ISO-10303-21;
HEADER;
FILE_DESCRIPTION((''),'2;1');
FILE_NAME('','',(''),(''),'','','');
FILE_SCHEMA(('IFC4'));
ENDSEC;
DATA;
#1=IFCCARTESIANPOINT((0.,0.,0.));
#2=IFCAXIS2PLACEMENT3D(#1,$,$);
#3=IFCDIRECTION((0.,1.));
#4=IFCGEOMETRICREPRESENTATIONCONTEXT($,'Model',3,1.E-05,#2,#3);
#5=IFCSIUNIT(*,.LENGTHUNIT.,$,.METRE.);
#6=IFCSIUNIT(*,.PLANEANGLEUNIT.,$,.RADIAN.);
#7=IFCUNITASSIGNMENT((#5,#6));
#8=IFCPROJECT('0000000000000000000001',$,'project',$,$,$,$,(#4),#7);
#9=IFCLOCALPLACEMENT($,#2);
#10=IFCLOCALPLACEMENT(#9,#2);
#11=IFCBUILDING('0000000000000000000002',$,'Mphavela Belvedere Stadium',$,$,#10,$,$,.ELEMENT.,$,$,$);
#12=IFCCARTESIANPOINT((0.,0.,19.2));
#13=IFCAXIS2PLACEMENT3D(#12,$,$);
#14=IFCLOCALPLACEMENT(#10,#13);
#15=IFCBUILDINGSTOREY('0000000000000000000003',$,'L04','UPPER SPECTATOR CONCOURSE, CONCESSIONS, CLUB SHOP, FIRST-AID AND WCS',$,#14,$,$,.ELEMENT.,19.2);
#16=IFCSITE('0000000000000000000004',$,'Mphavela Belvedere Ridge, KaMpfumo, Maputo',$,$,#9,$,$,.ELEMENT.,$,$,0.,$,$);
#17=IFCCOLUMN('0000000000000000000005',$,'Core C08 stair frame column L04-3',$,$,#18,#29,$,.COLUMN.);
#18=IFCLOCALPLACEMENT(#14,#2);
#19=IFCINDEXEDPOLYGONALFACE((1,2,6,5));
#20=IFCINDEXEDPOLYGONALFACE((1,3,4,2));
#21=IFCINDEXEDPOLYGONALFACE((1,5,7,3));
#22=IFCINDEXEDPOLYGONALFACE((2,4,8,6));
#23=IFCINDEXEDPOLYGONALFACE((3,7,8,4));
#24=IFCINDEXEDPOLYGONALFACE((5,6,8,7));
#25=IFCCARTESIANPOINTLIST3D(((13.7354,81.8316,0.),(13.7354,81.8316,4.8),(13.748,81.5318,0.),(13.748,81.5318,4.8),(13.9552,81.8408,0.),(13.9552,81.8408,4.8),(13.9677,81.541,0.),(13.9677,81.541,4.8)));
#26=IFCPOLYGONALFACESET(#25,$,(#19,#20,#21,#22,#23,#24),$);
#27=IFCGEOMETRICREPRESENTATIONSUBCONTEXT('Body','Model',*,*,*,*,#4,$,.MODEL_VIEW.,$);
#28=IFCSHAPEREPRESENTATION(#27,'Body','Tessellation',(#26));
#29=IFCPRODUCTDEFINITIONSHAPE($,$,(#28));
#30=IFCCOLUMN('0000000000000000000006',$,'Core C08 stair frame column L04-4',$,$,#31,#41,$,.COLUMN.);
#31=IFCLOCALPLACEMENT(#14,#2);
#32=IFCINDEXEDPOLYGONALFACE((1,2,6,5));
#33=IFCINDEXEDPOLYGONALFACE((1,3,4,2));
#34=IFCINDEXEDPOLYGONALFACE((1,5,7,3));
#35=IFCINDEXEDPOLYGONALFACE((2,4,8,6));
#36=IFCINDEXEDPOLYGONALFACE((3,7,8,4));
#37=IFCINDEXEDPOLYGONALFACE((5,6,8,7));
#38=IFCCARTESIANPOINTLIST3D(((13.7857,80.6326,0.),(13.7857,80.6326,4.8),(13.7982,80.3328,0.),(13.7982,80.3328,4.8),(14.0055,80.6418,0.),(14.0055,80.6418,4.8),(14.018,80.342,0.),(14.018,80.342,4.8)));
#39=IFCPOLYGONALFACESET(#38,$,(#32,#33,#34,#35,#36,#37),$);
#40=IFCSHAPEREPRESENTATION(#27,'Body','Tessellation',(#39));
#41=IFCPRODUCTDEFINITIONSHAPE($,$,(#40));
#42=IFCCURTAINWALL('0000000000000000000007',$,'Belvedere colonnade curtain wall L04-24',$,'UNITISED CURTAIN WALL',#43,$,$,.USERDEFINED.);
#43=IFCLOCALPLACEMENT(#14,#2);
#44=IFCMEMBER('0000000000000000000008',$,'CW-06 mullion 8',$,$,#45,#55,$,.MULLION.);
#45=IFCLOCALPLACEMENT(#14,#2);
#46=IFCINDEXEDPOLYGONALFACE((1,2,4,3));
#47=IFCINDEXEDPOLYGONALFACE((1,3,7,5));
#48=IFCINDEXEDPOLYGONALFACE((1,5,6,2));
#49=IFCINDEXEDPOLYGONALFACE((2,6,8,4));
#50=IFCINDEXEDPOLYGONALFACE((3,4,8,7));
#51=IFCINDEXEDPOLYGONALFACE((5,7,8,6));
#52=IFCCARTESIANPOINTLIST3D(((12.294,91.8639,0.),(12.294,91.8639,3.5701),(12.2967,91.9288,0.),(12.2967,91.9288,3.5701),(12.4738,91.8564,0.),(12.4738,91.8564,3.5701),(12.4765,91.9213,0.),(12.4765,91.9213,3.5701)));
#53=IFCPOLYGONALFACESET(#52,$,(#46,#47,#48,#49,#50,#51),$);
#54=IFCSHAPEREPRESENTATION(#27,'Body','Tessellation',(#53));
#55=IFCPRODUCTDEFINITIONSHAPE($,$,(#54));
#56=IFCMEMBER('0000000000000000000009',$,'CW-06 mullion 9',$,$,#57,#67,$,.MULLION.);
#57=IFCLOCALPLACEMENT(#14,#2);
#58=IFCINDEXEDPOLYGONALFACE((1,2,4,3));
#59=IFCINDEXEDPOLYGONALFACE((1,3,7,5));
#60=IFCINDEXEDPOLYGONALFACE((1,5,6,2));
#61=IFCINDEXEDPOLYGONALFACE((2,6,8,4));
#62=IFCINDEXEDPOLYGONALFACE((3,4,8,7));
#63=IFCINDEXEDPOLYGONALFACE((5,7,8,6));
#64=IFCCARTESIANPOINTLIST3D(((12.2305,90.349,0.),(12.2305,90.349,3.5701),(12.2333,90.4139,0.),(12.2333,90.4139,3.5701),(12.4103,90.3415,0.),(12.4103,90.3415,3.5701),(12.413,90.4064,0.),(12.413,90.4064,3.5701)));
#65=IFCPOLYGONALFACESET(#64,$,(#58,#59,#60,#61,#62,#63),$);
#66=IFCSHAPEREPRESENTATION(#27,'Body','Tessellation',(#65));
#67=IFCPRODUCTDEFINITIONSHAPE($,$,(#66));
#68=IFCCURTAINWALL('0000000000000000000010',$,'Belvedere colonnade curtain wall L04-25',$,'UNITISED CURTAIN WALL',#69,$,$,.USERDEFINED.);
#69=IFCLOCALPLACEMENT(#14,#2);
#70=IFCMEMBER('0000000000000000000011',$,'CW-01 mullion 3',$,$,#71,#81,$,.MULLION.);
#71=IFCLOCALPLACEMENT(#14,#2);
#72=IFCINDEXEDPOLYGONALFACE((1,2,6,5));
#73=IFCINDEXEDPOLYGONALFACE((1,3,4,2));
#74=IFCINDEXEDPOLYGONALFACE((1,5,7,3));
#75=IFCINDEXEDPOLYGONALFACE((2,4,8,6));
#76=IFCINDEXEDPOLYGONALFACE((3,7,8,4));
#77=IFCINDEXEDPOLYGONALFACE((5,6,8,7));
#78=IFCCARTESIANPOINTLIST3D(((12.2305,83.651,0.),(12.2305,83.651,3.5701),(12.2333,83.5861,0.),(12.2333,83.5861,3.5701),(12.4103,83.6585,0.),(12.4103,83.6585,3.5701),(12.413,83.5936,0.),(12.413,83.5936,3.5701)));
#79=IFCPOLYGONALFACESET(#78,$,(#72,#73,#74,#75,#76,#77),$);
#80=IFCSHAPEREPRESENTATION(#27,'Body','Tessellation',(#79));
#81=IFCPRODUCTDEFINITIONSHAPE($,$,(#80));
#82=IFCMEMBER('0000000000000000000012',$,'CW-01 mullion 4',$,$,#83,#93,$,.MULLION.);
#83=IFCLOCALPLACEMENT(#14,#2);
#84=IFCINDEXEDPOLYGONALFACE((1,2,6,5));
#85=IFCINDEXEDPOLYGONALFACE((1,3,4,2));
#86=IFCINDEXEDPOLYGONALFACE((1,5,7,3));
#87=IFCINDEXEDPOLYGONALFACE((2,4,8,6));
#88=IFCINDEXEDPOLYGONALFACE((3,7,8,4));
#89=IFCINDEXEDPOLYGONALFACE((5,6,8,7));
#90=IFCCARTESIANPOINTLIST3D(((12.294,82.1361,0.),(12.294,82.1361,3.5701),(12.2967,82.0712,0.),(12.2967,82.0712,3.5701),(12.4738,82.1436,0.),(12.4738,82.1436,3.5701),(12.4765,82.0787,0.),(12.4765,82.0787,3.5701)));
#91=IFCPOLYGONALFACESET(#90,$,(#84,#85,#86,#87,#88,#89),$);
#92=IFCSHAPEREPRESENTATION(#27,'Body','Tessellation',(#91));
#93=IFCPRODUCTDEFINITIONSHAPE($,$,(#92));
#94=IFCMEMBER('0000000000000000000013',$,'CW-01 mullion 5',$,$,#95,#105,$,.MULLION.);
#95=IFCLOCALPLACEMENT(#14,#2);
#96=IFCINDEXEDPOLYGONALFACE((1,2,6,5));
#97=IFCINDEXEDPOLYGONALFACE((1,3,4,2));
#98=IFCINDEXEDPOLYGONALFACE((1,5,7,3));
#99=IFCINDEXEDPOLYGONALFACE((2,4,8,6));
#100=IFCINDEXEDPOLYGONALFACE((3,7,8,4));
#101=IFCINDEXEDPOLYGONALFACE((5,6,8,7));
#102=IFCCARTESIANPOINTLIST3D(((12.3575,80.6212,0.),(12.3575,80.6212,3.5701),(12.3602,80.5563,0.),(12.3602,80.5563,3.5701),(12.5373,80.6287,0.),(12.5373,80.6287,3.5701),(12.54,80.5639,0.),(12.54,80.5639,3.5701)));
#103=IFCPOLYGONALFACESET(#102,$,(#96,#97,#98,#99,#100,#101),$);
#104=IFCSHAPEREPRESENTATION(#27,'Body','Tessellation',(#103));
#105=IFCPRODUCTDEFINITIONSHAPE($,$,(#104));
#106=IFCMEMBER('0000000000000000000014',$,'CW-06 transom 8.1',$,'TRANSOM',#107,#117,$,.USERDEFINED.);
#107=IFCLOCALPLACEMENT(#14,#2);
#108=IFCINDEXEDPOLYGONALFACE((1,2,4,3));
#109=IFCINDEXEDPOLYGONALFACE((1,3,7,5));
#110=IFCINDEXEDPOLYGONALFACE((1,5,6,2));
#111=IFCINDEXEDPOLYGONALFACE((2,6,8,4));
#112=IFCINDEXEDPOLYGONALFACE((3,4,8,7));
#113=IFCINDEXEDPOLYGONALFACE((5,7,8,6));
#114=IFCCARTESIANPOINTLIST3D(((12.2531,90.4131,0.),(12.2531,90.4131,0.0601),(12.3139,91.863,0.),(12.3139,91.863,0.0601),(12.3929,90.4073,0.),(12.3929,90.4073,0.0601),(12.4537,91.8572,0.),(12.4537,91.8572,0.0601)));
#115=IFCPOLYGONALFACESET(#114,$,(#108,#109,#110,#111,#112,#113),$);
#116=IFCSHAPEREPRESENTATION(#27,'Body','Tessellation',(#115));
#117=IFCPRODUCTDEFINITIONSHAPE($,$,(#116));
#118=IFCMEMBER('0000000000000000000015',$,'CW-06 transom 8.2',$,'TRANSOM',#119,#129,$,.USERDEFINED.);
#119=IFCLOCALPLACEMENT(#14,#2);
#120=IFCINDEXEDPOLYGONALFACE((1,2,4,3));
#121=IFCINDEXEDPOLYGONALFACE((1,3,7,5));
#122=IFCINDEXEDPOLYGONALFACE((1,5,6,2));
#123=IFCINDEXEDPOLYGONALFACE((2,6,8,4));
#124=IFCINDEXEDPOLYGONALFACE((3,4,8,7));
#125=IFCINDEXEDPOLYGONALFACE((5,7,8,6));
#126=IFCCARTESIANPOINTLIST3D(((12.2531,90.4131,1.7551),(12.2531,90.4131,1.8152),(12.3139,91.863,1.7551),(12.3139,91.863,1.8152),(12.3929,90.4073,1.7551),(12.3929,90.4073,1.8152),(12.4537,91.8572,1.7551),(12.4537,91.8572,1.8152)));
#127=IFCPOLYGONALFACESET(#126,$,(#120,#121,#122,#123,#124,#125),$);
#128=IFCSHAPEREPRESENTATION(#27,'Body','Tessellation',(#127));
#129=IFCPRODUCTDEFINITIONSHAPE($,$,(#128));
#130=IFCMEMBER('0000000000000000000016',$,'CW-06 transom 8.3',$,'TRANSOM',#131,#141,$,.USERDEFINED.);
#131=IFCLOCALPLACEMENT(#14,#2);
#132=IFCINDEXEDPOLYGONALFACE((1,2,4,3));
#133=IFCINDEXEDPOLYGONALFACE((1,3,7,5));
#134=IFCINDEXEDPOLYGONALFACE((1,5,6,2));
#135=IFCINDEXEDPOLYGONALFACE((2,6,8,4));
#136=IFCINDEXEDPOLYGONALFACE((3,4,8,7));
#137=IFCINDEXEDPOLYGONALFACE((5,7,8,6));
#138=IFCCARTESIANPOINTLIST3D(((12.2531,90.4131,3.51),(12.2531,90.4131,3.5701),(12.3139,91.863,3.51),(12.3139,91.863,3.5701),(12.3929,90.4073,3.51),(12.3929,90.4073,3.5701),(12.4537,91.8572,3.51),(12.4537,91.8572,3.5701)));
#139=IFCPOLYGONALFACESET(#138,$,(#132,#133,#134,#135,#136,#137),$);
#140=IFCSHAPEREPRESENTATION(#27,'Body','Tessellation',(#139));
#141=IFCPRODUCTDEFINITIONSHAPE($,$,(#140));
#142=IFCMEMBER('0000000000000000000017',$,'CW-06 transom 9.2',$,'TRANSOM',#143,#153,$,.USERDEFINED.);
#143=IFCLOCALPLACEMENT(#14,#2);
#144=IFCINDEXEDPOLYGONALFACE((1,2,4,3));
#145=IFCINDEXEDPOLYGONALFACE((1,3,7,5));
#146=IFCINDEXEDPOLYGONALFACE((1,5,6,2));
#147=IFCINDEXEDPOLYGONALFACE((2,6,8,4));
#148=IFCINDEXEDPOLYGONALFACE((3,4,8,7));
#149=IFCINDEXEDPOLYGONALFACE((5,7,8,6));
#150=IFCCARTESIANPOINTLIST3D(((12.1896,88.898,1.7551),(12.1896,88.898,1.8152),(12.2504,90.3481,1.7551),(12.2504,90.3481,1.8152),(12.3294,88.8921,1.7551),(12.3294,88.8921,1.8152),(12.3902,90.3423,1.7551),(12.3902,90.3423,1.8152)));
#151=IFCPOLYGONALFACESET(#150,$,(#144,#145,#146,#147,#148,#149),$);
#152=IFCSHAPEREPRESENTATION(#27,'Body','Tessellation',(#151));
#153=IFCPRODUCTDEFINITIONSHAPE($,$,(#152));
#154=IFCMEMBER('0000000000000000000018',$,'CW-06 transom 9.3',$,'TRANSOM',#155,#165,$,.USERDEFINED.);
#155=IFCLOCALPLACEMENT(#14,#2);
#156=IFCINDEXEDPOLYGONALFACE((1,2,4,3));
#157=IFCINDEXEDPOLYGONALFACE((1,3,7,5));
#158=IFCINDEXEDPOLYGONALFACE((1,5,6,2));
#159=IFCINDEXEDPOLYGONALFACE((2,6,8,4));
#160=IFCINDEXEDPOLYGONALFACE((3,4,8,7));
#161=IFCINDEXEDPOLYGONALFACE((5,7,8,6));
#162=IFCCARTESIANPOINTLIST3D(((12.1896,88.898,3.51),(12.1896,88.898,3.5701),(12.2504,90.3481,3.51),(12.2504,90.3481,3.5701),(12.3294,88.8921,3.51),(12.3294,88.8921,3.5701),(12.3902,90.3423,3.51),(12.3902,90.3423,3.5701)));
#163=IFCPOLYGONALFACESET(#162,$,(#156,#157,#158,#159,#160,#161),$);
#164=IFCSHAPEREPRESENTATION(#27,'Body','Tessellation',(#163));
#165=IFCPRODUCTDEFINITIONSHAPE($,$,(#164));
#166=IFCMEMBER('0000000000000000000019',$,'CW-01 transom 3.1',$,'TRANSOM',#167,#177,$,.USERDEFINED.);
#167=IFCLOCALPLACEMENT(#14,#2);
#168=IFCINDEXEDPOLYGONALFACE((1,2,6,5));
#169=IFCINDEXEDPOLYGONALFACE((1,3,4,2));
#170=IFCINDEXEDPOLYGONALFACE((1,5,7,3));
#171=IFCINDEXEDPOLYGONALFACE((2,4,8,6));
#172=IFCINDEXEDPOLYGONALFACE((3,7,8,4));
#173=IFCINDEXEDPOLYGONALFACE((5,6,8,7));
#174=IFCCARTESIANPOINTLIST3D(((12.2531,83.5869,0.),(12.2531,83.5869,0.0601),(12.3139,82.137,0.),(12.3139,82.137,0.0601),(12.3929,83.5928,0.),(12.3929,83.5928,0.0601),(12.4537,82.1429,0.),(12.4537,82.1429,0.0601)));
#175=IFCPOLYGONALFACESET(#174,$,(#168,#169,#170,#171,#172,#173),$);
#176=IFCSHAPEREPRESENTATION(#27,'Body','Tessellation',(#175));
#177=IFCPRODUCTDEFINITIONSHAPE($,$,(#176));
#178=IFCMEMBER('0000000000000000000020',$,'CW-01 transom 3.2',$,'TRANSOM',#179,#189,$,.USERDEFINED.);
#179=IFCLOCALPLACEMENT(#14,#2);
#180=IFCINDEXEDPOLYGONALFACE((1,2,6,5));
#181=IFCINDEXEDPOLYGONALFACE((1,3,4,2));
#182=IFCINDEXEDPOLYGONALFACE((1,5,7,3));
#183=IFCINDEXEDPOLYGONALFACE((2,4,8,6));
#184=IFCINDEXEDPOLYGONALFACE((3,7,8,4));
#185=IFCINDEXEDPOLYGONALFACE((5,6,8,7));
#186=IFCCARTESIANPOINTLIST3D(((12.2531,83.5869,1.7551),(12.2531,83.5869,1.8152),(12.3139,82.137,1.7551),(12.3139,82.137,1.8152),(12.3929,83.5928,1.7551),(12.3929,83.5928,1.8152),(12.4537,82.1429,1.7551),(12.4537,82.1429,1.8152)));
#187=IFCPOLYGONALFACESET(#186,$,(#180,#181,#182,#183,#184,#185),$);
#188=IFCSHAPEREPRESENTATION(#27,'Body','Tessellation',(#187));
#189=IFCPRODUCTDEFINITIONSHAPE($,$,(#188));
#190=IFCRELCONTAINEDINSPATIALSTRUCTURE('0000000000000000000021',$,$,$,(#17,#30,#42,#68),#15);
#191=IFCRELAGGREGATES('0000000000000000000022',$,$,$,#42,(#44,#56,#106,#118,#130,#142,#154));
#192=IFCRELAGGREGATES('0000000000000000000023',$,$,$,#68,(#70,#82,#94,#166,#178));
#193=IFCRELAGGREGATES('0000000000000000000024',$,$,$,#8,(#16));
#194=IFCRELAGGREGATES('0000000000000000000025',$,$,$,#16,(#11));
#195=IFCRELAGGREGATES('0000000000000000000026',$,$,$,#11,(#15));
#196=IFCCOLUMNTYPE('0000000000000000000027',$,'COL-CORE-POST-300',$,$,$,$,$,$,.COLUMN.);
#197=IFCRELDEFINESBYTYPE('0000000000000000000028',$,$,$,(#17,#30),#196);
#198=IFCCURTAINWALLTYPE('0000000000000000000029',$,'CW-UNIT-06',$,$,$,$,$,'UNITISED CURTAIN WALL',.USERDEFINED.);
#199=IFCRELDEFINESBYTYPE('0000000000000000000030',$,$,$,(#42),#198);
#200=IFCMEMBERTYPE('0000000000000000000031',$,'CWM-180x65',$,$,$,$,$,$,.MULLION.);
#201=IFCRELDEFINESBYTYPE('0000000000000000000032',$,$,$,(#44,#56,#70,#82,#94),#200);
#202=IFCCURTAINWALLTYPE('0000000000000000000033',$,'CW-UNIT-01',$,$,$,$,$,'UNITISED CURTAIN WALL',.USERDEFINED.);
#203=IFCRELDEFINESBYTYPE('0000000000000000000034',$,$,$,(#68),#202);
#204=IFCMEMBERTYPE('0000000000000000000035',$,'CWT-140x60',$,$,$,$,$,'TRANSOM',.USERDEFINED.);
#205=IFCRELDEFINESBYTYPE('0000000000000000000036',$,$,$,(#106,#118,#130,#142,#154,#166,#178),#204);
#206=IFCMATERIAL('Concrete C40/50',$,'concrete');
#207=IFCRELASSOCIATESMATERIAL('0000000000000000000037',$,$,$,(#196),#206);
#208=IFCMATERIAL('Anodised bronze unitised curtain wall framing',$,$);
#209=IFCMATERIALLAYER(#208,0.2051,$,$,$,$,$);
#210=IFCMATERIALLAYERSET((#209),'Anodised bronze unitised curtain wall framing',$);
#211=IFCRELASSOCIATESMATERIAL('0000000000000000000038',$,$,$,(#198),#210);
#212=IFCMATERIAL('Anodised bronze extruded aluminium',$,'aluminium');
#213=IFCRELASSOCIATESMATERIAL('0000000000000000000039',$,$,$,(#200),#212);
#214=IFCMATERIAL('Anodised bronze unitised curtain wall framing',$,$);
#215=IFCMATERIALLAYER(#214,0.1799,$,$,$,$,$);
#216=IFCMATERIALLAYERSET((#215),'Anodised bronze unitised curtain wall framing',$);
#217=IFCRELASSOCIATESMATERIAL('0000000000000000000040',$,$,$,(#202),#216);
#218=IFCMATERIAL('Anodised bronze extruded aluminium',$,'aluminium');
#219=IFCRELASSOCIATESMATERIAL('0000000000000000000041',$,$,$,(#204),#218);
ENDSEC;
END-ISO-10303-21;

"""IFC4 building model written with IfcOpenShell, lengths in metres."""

from ifc_helpers import new_model, si_unit, direction, frame, origin, origin_2d, place, context, subcontext, project, spatial, rectangle, extrude, material, layer, layer_set, material_profile, profile_set, type_object, element, aggregate, save


model = new_model("IFC4")

# Units and contexts
model_context = context("Model", 3, precision=1e-05, world=origin(), true_north=direction((0.0, 1.0)))
body_context = subcontext(model_context, "Body", "Model", "MODEL_VIEW")
ifc_project = project(units=[si_unit("LENGTHUNIT", "METRE"), si_unit("PLANEANGLEUNIT", "RADIAN")], contexts=[model_context])

# Site, building, storey
site_placement = place(None, origin())
site = spatial("IfcSite", under=ifc_project, at=site_placement, Name="Mphavela Belvedere Ridge, KaMpfumo, Maputo", CompositionType="ELEMENT", RefElevation=0.0)
building_placement = place(site_placement, origin())
building = spatial("IfcBuilding", under=site, at=building_placement, Name="Mphavela Belvedere Stadium", CompositionType="ELEMENT")
storey_placement = place(building_placement, frame((0.0, 0.0, 19.2)))
storey = spatial("IfcBuildingStorey", under=building, at=storey_placement, Name="L04", Description="UPPER SPECTATOR CONCOURSE, CONCESSIONS, CLUB SHOP, FIRST-AID AND WCS", CompositionType="ELEMENT", Elevation=19.2)

# Columns
ifc_material_1 = material(Name="Concrete C40/50", Category="concrete")
ifc_material_profile_1 = material_profile(ifc_material_1, rectangle(XDim=0.3, YDim=0.22, at=origin_2d()), Name="RC 300x220")
ifc_profile_set_1 = profile_set([ifc_material_profile_1], Name="Concrete C40/50")
column_type = type_object("IfcColumnType", Name="COL-CORE-POST-300", PredefinedType="COLUMN", material=ifc_profile_set_1)
for number, where, z_axis, x_axis, name in (
    (1, (13.8516, 81.6863, 0.0), (0.0, 0.0, 1.0), (-0.041876, 0.999123, 0.0), "Core C08 stair frame column L04-3"),
    (2, (13.9019, 80.4873, 0.0), (0.0, 0.0, 1.0), (-0.041876, 0.999123, 0.0), "Core C08 stair frame column L04-4"),
):
    element("IfcColumn", number, at=place(storey_placement, frame(where, z_axis=z_axis, x_axis=x_axis)), inside=storey, type_object=column_type, Name=name, PredefinedType="COLUMN", context=body_context, shape_type="SweptSolid", body=[
        extrude(rectangle(XDim=0.3, YDim=0.22, at=origin_2d()), origin(), (0.0, 0.0, 1.0), 4.8),
    ])

# Curtain walls, members
ifc_material_2 = material(Name="Anodised bronze unitised curtain wall framing")
ifc_layer_1 = layer(ifc_material_2, 0.2051)
ifc_layer_set_1 = layer_set([ifc_layer_1], Name="Anodised bronze unitised curtain wall framing")
curtain_wall_type_1 = type_object("IfcCurtainWallType", Name="CW-UNIT-06", ElementType="UNITISED CURTAIN WALL", PredefinedType="USERDEFINED", material=ifc_layer_set_1)
curtain_wall_1_placement = place(storey_placement, origin())
curtain_wall_1 = element("IfcCurtainWall", 3, at=curtain_wall_1_placement, inside=storey, type_object=curtain_wall_type_1, Name="Belvedere colonnade curtain wall L04-24", ObjectType="UNITISED CURTAIN WALL", PredefinedType="USERDEFINED")
ifc_material_3 = material(Name="Anodised bronze extruded aluminium", Category="aluminium")
ifc_material_profile_2 = material_profile(ifc_material_3, rectangle(XDim=0.1799, YDim=0.0649, at=origin_2d()), Name="CW-MUL 180x65")
ifc_profile_set_2 = profile_set([ifc_material_profile_2], Name="Anodised bronze extruded aluminium")
member_type_1 = type_object("IfcMemberType", Name="CWM-180x65", PredefinedType="MULLION", material=ifc_profile_set_2)
member_1_placement = place(storey_placement, frame((12.3853, 91.8926, 0.0), z_axis=(0.0, 0.0, 1.0), x_axis=(0.999122, -0.041905, 0.0)))
member_1 = element("IfcMember", 4, at=member_1_placement, type_object=member_type_1, Name="CW-06 mullion 8", PredefinedType="MULLION", context=body_context, shape_type="SweptSolid", body=[
    extrude(rectangle(XDim=0.1799, YDim=0.0649, at=origin_2d()), origin(), (0.0, 0.0, 1.0), 3.5701),
])
member_2_placement = place(storey_placement, frame((12.3218, 90.3777, 0.0), z_axis=(0.0, 0.0, 1.0), x_axis=(0.999122, -0.041905, 0.0)))
member_2 = element("IfcMember", 5, at=member_2_placement, type_object=member_type_1, Name="CW-06 mullion 9", PredefinedType="MULLION", context=body_context, shape_type="SweptSolid", body=[
    extrude(rectangle(XDim=0.1799, YDim=0.0649, at=origin_2d()), origin(), (0.0, 0.0, 1.0), 3.5701),
])
ifc_material_4 = material(Name="Anodised bronze unitised curtain wall framing")
ifc_layer_2 = layer(ifc_material_4, 0.1799)
ifc_layer_set_2 = layer_set([ifc_layer_2], Name="Anodised bronze unitised curtain wall framing")
curtain_wall_type_2 = type_object("IfcCurtainWallType", Name="CW-UNIT-01", ElementType="UNITISED CURTAIN WALL", PredefinedType="USERDEFINED", material=ifc_layer_set_2)
curtain_wall_2_placement = place(storey_placement, origin())
curtain_wall_2 = element("IfcCurtainWall", 6, at=curtain_wall_2_placement, inside=storey, type_object=curtain_wall_type_2, Name="Belvedere colonnade curtain wall L04-25", ObjectType="UNITISED CURTAIN WALL", PredefinedType="USERDEFINED")
member_3_placement = place(storey_placement, frame((12.3218, 83.6223, 0.0), z_axis=(0.0, 0.0, 1.0), x_axis=(0.999122, 0.041905, 0.0)))
member_3 = element("IfcMember", 7, at=member_3_placement, type_object=member_type_1, Name="CW-01 mullion 3", PredefinedType="MULLION", context=body_context, shape_type="SweptSolid", body=[
    extrude(rectangle(XDim=0.1799, YDim=0.0649, at=origin_2d()), origin(), (0.0, 0.0, 1.0), 3.5701),
])
member_4_placement = place(storey_placement, frame((12.3853, 82.1074, 0.0), z_axis=(0.0, 0.0, 1.0), x_axis=(0.999122, 0.041905, 0.0)))
member_4 = element("IfcMember", 8, at=member_4_placement, type_object=member_type_1, Name="CW-01 mullion 4", PredefinedType="MULLION", context=body_context, shape_type="SweptSolid", body=[
    extrude(rectangle(XDim=0.1799, YDim=0.0649, at=origin_2d()), origin(), (0.0, 0.0, 1.0), 3.5701),
])
member_5_placement = place(storey_placement, frame((12.4487, 80.5925, 0.0), z_axis=(0.0, 0.0, 1.0), x_axis=(0.999122, 0.041905, 0.0)))
member_5 = element("IfcMember", 9, at=member_5_placement, type_object=member_type_1, Name="CW-01 mullion 5", PredefinedType="MULLION", context=body_context, shape_type="SweptSolid", body=[
    extrude(rectangle(XDim=0.1799, YDim=0.0649, at=origin_2d()), origin(), (0.0, 0.0, 1.0), 3.5701),
])

# Members
ifc_material_5 = material(Name="Anodised bronze extruded aluminium", Category="aluminium")
ifc_material_profile_3 = material_profile(ifc_material_5, rectangle(XDim=0.1399, YDim=0.0601, at=origin_2d()), Name="CW-TRN 140x60")
ifc_profile_set_3 = profile_set([ifc_material_profile_3], Name="Anodised bronze extruded aluminium")
member_type_2 = type_object("IfcMemberType", Name="CWT-140x60", ElementType="TRANSOM", PredefinedType="USERDEFINED", material=ifc_profile_set_3)
member_6_placement = place(storey_placement, frame((12.3838, 91.8601, 0.03), z_axis=(-0.041889, -0.999122, 0.0), x_axis=(0.999122, -0.041889, 0.0)))
member_6 = element("IfcMember", 10, at=member_6_placement, type_object=member_type_2, Name="CW-06 transom 8.1", ObjectType="TRANSOM", PredefinedType="USERDEFINED", context=body_context, shape_type="SweptSolid", body=[
    extrude(rectangle(XDim=0.1399, YDim=0.0601, at=origin_2d()), origin(), (0.0, 0.0, 1.0), 1.4512),
])
member_7_placement = place(storey_placement, frame((12.3838, 91.8601, 1.7852), z_axis=(-0.041889, -0.999122, 0.0), x_axis=(0.999122, -0.041889, 0.0)))
member_7 = element("IfcMember", 11, at=member_7_placement, type_object=member_type_2, Name="CW-06 transom 8.2", ObjectType="TRANSOM", PredefinedType="USERDEFINED", context=body_context, shape_type="SweptSolid", body=[
    extrude(rectangle(XDim=0.1399, YDim=0.0601, at=origin_2d()), origin(), (0.0, 0.0, 1.0), 1.4512),
])
member_8_placement = place(storey_placement, frame((12.3838, 91.8601, 3.54), z_axis=(-0.041889, -0.999122, 0.0), x_axis=(0.999122, -0.041889, 0.0)))
member_8 = element("IfcMember", 12, at=member_8_placement, type_object=member_type_2, Name="CW-06 transom 8.3", ObjectType="TRANSOM", PredefinedType="USERDEFINED", context=body_context, shape_type="SweptSolid", body=[
    extrude(rectangle(XDim=0.1399, YDim=0.0601, at=origin_2d()), origin(), (0.0, 0.0, 1.0), 1.4512),
])
member_9_placement = place(storey_placement, frame((12.3203, 90.3452, 1.7852), z_axis=(-0.041882, -0.999123, 0.0), x_axis=(0.999123, -0.041882, 0.0)))
member_9 = element("IfcMember", 13, at=member_9_placement, type_object=member_type_2, Name="CW-06 transom 9.2", ObjectType="TRANSOM", PredefinedType="USERDEFINED", context=body_context, shape_type="SweptSolid", body=[
    extrude(rectangle(XDim=0.1399, YDim=0.0601, at=origin_2d()), origin(), (0.0, 0.0, 1.0), 1.4514),
])
member_10_placement = place(storey_placement, frame((12.3203, 90.3452, 3.54), z_axis=(-0.041882, -0.999123, 0.0), x_axis=(0.999123, -0.041882, 0.0)))
member_10 = element("IfcMember", 14, at=member_10_placement, type_object=member_type_2, Name="CW-06 transom 9.3", ObjectType="TRANSOM", PredefinedType="USERDEFINED", context=body_context, shape_type="SweptSolid", body=[
    extrude(rectangle(XDim=0.1399, YDim=0.0601, at=origin_2d()), origin(), (0.0, 0.0, 1.0), 1.4514),
])
member_11_placement = place(storey_placement, frame((12.323, 83.5898, 0.03), z_axis=(0.041889, -0.999122, 0.0), x_axis=(0.999122, 0.041889, 0.0)))
member_11 = element("IfcMember", 15, at=member_11_placement, type_object=member_type_2, Name="CW-01 transom 3.1", ObjectType="TRANSOM", PredefinedType="USERDEFINED", context=body_context, shape_type="SweptSolid", body=[
    extrude(rectangle(XDim=0.1399, YDim=0.0601, at=origin_2d()), origin(), (0.0, 0.0, 1.0), 1.4512),
])
member_12_placement = place(storey_placement, frame((12.323, 83.5898, 1.7852), z_axis=(0.041889, -0.999122, 0.0), x_axis=(0.999122, 0.041889, 0.0)))
member_12 = element("IfcMember", 16, at=member_12_placement, type_object=member_type_2, Name="CW-01 transom 3.2", ObjectType="TRANSOM", PredefinedType="USERDEFINED", context=body_context, shape_type="SweptSolid", body=[
    extrude(rectangle(XDim=0.1399, YDim=0.0601, at=origin_2d()), origin(), (0.0, 0.0, 1.0), 1.4512),
])

aggregate(curtain_wall_1, [member_1, member_2, member_6, member_7, member_8, member_9, member_10])
aggregate(curtain_wall_2, [member_3, member_4, member_5, member_11, member_12])

save(model, "model.ifc")
